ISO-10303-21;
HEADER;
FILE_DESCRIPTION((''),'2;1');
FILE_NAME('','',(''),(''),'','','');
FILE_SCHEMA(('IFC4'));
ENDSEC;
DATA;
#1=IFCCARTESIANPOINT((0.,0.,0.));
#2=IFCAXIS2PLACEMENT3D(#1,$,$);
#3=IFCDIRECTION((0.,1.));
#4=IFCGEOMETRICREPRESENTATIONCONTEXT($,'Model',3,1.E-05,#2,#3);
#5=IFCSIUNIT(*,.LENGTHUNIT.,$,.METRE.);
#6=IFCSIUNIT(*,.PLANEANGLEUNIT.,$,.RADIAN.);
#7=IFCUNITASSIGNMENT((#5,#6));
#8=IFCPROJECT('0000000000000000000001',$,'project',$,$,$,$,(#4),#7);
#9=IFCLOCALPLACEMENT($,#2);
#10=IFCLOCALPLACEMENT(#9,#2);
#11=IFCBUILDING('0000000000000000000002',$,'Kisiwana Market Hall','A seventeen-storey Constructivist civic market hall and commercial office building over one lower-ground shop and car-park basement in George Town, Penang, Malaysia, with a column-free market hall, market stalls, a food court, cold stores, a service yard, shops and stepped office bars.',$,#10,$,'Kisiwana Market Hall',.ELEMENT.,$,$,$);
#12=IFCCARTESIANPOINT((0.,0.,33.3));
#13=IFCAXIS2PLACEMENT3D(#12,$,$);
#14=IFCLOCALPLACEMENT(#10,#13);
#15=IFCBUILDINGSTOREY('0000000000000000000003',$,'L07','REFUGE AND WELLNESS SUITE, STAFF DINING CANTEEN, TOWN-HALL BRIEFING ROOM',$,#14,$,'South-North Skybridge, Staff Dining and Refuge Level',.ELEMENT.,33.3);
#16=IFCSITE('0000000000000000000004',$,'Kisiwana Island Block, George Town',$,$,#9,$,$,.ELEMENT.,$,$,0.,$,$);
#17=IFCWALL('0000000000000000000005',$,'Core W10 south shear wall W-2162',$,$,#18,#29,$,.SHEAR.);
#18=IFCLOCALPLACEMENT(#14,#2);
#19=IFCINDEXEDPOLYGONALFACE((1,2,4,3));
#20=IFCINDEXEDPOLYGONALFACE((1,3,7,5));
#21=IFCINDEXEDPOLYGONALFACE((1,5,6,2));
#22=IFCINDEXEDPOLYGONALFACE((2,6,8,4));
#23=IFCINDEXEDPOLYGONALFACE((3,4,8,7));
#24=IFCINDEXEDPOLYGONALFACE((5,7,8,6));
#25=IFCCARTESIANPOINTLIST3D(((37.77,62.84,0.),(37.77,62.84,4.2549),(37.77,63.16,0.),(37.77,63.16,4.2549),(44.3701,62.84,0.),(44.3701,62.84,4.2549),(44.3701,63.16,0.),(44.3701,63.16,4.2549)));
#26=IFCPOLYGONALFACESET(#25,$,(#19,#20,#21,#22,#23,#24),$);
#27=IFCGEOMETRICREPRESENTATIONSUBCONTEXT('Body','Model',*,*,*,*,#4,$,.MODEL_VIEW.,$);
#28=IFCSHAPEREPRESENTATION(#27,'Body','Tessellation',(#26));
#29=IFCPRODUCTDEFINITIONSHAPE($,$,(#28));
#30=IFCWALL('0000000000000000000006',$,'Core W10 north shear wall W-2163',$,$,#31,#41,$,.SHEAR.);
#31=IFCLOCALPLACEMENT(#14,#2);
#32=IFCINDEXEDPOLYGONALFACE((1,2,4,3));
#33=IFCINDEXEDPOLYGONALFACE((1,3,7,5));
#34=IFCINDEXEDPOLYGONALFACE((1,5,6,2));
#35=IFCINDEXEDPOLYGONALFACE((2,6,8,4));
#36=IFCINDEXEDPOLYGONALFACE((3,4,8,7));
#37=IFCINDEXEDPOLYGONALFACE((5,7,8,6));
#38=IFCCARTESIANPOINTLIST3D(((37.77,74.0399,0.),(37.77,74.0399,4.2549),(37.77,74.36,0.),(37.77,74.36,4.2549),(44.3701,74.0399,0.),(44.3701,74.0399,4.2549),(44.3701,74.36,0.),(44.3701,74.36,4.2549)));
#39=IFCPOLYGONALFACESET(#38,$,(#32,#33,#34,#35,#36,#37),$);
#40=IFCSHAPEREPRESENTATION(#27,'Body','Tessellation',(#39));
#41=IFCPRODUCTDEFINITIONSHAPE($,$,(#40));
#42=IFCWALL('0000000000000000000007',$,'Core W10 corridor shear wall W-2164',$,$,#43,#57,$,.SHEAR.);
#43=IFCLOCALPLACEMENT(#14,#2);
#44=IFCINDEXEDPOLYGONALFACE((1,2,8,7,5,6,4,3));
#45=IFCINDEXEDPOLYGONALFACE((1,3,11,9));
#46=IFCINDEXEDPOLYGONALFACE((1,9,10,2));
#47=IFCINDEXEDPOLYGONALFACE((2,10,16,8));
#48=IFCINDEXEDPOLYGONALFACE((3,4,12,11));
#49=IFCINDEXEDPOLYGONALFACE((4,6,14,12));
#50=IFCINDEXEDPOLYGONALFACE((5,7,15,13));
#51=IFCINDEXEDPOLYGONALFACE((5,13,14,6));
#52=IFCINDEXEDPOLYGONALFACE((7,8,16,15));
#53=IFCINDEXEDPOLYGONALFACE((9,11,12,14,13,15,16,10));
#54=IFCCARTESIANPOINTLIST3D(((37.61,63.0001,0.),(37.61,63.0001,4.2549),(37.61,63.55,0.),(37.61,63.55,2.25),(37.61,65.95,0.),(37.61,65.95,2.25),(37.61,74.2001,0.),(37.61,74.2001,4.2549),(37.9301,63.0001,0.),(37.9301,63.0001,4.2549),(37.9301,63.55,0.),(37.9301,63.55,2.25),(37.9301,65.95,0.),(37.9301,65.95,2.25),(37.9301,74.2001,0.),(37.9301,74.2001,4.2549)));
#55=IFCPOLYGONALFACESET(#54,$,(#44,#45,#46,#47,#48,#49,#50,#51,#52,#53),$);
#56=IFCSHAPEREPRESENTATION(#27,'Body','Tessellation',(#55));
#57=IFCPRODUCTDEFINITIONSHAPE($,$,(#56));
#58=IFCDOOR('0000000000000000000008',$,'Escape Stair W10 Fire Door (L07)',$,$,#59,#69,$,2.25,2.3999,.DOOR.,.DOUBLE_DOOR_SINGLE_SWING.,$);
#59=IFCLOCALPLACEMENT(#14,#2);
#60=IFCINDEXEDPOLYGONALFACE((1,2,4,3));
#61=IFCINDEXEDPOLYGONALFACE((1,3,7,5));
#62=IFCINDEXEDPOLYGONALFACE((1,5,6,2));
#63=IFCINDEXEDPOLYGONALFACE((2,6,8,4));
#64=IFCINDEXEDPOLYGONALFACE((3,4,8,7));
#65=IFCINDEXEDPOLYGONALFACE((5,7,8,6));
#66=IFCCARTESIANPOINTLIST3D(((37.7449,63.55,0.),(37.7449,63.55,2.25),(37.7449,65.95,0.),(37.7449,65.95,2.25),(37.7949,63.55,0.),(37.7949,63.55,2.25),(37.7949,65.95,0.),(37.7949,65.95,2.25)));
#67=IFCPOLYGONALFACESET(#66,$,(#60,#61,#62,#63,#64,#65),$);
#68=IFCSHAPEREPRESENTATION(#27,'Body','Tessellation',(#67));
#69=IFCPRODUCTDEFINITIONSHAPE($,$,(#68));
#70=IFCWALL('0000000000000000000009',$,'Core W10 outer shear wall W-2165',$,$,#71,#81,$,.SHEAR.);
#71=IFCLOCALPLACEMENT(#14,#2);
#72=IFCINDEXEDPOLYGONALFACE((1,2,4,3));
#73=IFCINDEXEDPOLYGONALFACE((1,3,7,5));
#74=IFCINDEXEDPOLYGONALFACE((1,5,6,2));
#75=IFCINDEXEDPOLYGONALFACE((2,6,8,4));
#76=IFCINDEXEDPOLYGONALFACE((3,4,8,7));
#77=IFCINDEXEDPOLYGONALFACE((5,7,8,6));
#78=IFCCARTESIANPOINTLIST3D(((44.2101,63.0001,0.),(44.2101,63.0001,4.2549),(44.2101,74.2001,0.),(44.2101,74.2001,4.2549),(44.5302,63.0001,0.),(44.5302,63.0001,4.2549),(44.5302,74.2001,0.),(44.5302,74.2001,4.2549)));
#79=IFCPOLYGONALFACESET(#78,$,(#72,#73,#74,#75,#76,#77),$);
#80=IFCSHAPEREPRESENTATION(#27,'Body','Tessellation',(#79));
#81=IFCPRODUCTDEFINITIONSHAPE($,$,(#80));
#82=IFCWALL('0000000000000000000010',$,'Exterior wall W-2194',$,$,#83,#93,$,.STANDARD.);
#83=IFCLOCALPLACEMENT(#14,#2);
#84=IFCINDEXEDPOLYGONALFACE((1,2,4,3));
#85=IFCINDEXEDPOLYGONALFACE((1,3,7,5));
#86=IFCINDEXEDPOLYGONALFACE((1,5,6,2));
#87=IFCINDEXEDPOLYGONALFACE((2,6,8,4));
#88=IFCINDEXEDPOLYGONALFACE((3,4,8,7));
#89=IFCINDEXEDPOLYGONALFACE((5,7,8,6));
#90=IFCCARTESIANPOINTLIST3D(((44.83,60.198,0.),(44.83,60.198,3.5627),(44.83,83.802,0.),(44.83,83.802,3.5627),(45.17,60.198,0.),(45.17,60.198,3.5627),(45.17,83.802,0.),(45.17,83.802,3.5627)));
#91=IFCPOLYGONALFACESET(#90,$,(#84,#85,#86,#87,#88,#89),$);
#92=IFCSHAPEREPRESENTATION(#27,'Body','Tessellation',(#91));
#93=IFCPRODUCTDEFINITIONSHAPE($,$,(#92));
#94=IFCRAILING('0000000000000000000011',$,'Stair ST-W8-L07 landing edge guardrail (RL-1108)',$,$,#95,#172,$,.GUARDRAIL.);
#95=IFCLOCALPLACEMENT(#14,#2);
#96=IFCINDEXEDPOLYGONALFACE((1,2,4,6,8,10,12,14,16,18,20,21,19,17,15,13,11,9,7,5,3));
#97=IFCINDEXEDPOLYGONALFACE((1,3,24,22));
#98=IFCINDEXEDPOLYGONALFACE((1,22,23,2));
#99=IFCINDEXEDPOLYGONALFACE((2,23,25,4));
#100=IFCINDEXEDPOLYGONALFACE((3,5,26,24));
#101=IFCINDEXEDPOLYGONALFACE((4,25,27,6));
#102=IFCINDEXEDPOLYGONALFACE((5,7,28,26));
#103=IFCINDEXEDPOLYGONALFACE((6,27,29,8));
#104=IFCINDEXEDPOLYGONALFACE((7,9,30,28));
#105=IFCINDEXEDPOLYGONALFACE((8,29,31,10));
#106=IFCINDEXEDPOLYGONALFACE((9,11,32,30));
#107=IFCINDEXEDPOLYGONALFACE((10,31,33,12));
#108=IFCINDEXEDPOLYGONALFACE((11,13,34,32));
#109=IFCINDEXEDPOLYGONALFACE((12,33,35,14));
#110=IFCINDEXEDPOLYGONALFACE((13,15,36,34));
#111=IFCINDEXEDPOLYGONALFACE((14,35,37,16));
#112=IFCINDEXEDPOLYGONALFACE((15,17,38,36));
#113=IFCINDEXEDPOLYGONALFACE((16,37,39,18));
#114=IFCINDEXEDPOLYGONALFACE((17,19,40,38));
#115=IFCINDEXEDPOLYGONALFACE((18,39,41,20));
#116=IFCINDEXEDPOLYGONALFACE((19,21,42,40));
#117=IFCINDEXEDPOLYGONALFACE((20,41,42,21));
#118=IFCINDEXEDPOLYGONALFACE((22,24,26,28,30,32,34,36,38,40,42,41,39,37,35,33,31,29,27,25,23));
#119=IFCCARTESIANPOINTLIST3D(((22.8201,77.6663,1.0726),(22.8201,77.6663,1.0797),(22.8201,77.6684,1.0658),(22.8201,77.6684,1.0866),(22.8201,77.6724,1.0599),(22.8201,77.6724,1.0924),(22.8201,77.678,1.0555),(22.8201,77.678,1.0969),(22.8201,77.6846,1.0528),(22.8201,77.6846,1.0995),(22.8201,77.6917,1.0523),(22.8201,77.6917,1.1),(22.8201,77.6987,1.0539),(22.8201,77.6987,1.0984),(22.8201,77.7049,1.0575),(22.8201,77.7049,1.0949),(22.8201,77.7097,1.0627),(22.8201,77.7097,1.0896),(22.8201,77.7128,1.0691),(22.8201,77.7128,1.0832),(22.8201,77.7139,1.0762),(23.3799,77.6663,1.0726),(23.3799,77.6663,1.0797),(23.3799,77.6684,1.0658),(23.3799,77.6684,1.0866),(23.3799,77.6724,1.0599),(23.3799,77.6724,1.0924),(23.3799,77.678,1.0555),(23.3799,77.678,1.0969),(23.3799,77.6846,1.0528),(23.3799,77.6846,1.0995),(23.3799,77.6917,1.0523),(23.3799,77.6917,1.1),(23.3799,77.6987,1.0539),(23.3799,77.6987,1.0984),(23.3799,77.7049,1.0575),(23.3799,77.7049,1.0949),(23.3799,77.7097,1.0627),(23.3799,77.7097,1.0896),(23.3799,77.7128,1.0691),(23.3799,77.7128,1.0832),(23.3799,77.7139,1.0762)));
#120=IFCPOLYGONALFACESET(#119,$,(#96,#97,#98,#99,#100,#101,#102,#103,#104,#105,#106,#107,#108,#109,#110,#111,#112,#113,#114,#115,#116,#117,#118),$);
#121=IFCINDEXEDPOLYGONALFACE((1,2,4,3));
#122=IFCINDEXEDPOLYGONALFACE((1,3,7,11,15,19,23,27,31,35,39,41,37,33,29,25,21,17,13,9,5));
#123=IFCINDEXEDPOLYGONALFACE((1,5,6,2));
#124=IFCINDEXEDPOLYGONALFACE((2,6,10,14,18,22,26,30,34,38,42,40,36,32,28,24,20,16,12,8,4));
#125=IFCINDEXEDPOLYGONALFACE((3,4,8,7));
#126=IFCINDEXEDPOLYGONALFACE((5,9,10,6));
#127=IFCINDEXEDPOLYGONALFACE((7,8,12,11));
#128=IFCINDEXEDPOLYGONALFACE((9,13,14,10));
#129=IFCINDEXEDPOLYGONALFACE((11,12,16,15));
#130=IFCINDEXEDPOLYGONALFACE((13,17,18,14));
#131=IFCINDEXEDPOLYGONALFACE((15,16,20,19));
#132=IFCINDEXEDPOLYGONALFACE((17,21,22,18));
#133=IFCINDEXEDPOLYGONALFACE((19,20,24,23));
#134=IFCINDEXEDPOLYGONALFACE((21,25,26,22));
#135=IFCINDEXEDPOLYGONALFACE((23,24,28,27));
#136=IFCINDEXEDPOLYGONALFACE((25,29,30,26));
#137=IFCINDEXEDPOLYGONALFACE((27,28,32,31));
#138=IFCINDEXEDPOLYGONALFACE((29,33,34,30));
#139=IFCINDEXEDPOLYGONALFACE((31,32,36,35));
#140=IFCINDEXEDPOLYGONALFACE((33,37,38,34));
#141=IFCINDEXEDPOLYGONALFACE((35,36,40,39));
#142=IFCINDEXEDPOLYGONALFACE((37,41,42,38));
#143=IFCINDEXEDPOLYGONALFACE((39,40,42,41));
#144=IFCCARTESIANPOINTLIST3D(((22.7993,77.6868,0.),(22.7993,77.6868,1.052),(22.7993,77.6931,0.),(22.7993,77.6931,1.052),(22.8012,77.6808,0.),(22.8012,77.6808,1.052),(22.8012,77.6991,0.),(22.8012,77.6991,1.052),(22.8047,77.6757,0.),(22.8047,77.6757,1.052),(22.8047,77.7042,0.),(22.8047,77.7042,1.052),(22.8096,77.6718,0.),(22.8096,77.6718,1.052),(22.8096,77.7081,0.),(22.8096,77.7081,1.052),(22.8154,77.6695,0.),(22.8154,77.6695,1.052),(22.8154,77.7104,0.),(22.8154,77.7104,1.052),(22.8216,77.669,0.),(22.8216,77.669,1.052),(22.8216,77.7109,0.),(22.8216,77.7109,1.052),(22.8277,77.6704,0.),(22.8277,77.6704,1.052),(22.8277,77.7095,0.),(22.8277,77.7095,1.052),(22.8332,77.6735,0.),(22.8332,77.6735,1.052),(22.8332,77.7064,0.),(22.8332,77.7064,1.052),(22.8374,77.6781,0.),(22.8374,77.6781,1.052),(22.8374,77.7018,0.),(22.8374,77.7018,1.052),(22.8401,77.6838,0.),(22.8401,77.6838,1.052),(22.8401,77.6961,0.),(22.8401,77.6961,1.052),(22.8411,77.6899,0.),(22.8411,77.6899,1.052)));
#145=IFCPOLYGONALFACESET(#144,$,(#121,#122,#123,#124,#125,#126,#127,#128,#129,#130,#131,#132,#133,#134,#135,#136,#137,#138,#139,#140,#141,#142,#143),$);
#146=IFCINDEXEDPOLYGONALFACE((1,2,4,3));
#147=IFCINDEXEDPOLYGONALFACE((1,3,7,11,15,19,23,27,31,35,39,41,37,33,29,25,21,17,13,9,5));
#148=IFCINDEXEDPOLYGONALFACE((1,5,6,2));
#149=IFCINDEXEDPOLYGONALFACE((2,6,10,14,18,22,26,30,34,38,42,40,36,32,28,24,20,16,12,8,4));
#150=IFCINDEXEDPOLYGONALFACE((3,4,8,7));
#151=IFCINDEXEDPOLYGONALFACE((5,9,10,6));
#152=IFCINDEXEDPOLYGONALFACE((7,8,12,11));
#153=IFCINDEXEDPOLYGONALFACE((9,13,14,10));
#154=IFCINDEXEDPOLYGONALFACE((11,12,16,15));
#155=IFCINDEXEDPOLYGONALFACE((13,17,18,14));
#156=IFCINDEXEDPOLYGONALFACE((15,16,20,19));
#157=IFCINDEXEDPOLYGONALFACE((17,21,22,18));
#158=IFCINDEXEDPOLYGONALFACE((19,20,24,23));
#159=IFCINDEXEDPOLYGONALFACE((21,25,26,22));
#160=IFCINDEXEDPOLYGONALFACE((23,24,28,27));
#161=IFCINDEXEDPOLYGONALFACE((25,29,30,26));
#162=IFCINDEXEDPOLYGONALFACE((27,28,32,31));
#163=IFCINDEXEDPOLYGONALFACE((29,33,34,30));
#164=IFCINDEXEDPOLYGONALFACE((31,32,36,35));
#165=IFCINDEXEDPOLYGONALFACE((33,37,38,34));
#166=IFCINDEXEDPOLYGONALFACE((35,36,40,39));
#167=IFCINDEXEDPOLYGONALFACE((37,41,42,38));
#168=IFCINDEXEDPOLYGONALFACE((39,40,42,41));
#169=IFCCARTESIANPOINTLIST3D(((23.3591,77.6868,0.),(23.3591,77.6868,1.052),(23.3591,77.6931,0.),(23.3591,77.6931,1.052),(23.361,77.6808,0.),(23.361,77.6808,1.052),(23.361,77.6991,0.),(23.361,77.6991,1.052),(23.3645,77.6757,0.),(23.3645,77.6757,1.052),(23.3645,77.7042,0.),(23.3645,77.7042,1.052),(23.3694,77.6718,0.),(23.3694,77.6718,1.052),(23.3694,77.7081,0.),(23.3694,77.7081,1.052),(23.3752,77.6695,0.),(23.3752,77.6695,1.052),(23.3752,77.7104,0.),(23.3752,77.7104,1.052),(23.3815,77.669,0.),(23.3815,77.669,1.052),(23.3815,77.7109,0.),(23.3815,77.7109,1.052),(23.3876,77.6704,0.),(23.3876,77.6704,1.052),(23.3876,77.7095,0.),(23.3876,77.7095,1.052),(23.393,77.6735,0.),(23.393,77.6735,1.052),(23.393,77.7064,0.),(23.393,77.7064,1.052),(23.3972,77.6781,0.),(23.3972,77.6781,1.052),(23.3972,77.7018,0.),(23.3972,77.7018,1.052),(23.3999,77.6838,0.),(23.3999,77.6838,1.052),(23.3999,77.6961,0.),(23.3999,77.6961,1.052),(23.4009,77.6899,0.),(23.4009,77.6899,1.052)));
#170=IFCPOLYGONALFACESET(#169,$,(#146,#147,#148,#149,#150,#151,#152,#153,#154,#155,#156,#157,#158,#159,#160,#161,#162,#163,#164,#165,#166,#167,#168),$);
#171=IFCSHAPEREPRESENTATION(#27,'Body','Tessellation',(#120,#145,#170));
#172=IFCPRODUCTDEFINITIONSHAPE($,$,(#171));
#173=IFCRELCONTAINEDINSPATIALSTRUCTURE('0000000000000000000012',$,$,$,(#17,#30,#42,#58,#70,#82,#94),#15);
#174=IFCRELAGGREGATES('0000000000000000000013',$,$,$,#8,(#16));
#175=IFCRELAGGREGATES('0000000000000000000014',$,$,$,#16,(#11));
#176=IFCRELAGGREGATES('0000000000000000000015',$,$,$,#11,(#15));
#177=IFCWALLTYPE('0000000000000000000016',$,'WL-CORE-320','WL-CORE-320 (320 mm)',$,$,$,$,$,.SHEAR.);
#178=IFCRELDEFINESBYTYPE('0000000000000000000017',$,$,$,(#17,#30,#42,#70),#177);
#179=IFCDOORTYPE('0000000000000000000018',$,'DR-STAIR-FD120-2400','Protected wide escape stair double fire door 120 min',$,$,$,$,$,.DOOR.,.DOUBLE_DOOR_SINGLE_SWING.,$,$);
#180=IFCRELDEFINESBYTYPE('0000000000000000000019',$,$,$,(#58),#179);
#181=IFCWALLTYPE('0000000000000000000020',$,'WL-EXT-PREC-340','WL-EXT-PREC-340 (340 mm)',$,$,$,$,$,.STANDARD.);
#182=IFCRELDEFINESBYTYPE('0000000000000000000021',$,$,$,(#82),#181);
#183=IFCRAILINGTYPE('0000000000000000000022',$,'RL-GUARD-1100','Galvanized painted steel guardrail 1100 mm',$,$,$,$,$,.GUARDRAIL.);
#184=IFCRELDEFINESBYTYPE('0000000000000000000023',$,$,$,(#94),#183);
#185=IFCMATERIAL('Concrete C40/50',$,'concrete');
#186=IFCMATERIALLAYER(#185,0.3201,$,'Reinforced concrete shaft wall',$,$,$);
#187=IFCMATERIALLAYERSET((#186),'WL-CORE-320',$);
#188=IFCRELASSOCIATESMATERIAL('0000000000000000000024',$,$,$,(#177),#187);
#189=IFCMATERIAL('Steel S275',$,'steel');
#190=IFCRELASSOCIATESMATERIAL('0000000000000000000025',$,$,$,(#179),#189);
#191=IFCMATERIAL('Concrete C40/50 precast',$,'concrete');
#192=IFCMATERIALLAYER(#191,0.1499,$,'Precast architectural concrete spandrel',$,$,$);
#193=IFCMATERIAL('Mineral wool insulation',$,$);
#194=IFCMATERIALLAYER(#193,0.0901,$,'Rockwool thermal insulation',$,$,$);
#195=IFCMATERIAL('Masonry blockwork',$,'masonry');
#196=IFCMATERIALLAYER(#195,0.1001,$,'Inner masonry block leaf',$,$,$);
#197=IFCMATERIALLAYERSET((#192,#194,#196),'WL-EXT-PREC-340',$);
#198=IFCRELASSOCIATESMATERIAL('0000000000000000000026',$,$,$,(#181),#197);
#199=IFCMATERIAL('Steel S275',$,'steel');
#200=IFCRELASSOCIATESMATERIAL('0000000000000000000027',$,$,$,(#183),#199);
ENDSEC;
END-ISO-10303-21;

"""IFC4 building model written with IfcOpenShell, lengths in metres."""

from ifc_helpers import new_model, si_unit, direction, frame, frame_2d, origin, origin_2d, place, context, subcontext, project, spatial, rectangle, circle, extrude, material, layer, layer_set, type_object, element, fill, save


model = new_model("IFC4")

# Units and contexts
model_context = context("Model", 3, precision=1e-05, world=origin(), true_north=direction((0.0, 1.0)))
body_context = subcontext(model_context, "Body", "Model", "MODEL_VIEW")
ifc_project = project(units=[si_unit("LENGTHUNIT", "METRE"), si_unit("PLANEANGLEUNIT", "RADIAN")], contexts=[model_context])

# Site, building, storey
site_placement = place(None, origin())
site = spatial("IfcSite", under=ifc_project, at=site_placement, Name="Kisiwana Island Block, George Town", CompositionType="ELEMENT", RefElevation=0.0)
building_placement = place(site_placement, origin())
building = spatial("IfcBuilding", under=site, at=building_placement, Name="Kisiwana Market Hall", Description="A seventeen-storey Constructivist civic market hall and commercial office building over one lower-ground shop and car-park basement in George Town, Penang, Malaysia, with a column-free market hall, market stalls, a food court, cold stores, a service yard, shops and stepped office bars.", LongName="Kisiwana Market Hall", CompositionType="ELEMENT")
storey_placement = place(building_placement, frame((0.0, 0.0, 33.3)))
storey = spatial("IfcBuildingStorey", under=building, at=storey_placement, Name="L07", Description="REFUGE AND WELLNESS SUITE, STAFF DINING CANTEEN, TOWN-HALL BRIEFING ROOM", LongName="South-North Skybridge, Staff Dining and Refuge Level", CompositionType="ELEMENT", Elevation=33.3)

# Walls
ifc_material_1 = material(Name="Concrete C40/50", Category="concrete")
ifc_layer_1 = layer(ifc_material_1, 0.3201, Name="Reinforced concrete shaft wall")
ifc_layer_set_1 = layer_set([ifc_layer_1], Name="WL-CORE-320")
wall_type_1 = type_object("IfcWallType", Name="WL-CORE-320", Description="WL-CORE-320 (320 mm)", PredefinedType="SHEAR", material=ifc_layer_set_1)
for number, where, z_axis, x_axis, name in (
    (1, (37.77, 63.0, 0.0), (0.0, 0.0, 1.0), (1.0, 0.0, 0.0), "Core W10 south shear wall W-2162"),
    (2, (37.77, 74.2, 0.0), (0.0, 0.0, 1.0), (1.0, 0.0, 0.0), "Core W10 north shear wall W-2163"),
):
    element("IfcWall", number, at=place(storey_placement, frame(where, z_axis=z_axis, x_axis=x_axis)), inside=storey, type_object=wall_type_1, Name=name, PredefinedType="SHEAR", context=body_context, shape_type="SweptSolid", body=[
        extrude(rectangle(XDim=6.6001, YDim=0.3201, at=frame_2d((3.3, 0.0))), origin(), (0.0, 0.0, 1.0), 4.2549),
    ])

# Wall, opening, door
wall_1_placement = place(storey_placement, frame((37.77, 63.0, 0.0), z_axis=(0.0, 0.0, 1.0), x_axis=(0.0, 1.0, 0.0)))
wall_1 = element("IfcWall", 3, at=wall_1_placement, inside=storey, type_object=wall_type_1, Name="Core W10 corridor shear wall W-2164", PredefinedType="SHEAR", context=body_context, shape_type="SweptSolid", body=[
    extrude(rectangle(XDim=11.2, YDim=0.3201, at=frame_2d((5.6001, 0.0))), origin(), (0.0, 0.0, 1.0), 4.2549),
])
opening_placement = place(wall_1_placement, frame((0.55, 0.0, 0.0)))
opening = element("IfcOpeningElement", 4, at=opening_placement, cuts=wall_1, PredefinedType="OPENING", context=body_context, shape_type="SweptSolid", body=[
    extrude(rectangle(XDim=2.3999, YDim=2.25, at=frame_2d((1.2, 1.125))), frame((0.0, 0.1719, 0.0), z_axis=(0.0, -1.0, 0.0), x_axis=(1.0, 0.0, 0.0)), (0.0, 0.0, 1.0), 0.344),
])
ifc_material_2 = material(Name="Steel S275", Category="steel")
door_type = type_object("IfcDoorType", Name="DR-STAIR-FD120-2400", Description="Protected wide escape stair double fire door 120 min", OperationType="DOUBLE_DOOR_SINGLE_SWING", PredefinedType="DOOR", material=ifc_material_2)
door_placement = place(opening_placement, frame((2.3999, 0.0, 0.0), z_axis=(0.0, 0.0, 1.0), x_axis=(-1.0, 0.0, 0.0)))
door = element("IfcDoor", 5, at=door_placement, inside=storey, type_object=door_type, Name="Escape Stair W10 Fire Door (L07)", OperationType="DOUBLE_DOOR_SINGLE_SWING", OverallHeight=2.25, OverallWidth=2.3999, PredefinedType="DOOR", context=body_context, shape_type="SweptSolid", body=[
    extrude(rectangle(XDim=2.3999, YDim=2.25, at=frame_2d((1.2, 1.125))), frame((0.0, 0.0249, 0.0), z_axis=(0.0, -1.0, 0.0), x_axis=(1.0, 0.0, 0.0)), (0.0, 0.0, 1.0), 0.05),
])
fill(opening, door)

# Walls
wall_2_placement = place(storey_placement, frame((44.3701, 63.0, 0.0), z_axis=(0.0, 0.0, 1.0), x_axis=(0.0, 1.0, 0.0)))
element("IfcWall", 6, at=wall_2_placement, inside=storey, type_object=wall_type_1, Name="Core W10 outer shear wall W-2165", PredefinedType="SHEAR", context=body_context, shape_type="SweptSolid", body=[
    extrude(rectangle(XDim=11.2, YDim=0.3201, at=frame_2d((5.6001, 0.0))), origin(), (0.0, 0.0, 1.0), 4.2549),
])
ifc_material_3 = material(Name="Concrete C40/50 precast", Category="concrete")
ifc_layer_2 = layer(ifc_material_3, 0.1499, Name="Precast architectural concrete spandrel")
ifc_material_4 = material(Name="Mineral wool insulation")
ifc_layer_3 = layer(ifc_material_4, 0.0901, Name="Rockwool thermal insulation")
ifc_material_5 = material(Name="Masonry blockwork", Category="masonry")
ifc_layer_4 = layer(ifc_material_5, 0.1001, Name="Inner masonry block leaf")
ifc_layer_set_2 = layer_set([ifc_layer_2, ifc_layer_3, ifc_layer_4], Name="WL-EXT-PREC-340")
wall_type_2 = type_object("IfcWallType", Name="WL-EXT-PREC-340", Description="WL-EXT-PREC-340 (340 mm)", PredefinedType="STANDARD", material=ifc_layer_set_2)
wall_3_placement = place(storey_placement, frame((45.0, 60.198, 0.0), z_axis=(0.0, 0.0, 1.0), x_axis=(0.0, 1.0, 0.0)))
element("IfcWall", 7, at=wall_3_placement, inside=storey, type_object=wall_type_2, Name="Exterior wall W-2194", PredefinedType="STANDARD", context=body_context, shape_type="SweptSolid", body=[
    extrude(rectangle(XDim=23.604, YDim=0.3401, at=frame_2d((11.802, 0.0))), origin(), (0.0, 0.0, 1.0), 3.5627),
])

# Railing
ifc_material_6 = material(Name="Steel S275", Category="steel")
railing_type_1 = type_object("IfcRailingType", Name="RL-GUARD-1100", Description="Galvanized painted steel guardrail 1100 mm", PredefinedType="GUARDRAIL", material=ifc_material_6)
railing_1_placement = place(storey_placement, frame((22.8201, 77.6899, 0.0)))
element("IfcRailing", 8, at=railing_1_placement, inside=storey, type_object=railing_type_1, Name="Stair ST-W8-L07 landing edge guardrail (RL-1108)", PredefinedType="GUARDRAIL", context=body_context, shape_type="SweptSolid", body=[
    extrude(circle(Radius=0.0239, at=origin_2d()), frame((0.0, 0.0, 1.0762), z_axis=(1.0, 0.0, 0.0), x_axis=(0.0, 1.0, 0.0)), (0.0, 0.0, 1.0), 0.5598),
    extrude(circle(Radius=0.021, at=origin_2d()), origin(), (0.0, 0.0, 1.0), 1.052),
    extrude(circle(Radius=0.021, at=origin_2d()), frame((0.5598, 0.0, 0.0)), (0.0, 0.0, 1.0), 1.052),
])

save(model, "model.ifc")
